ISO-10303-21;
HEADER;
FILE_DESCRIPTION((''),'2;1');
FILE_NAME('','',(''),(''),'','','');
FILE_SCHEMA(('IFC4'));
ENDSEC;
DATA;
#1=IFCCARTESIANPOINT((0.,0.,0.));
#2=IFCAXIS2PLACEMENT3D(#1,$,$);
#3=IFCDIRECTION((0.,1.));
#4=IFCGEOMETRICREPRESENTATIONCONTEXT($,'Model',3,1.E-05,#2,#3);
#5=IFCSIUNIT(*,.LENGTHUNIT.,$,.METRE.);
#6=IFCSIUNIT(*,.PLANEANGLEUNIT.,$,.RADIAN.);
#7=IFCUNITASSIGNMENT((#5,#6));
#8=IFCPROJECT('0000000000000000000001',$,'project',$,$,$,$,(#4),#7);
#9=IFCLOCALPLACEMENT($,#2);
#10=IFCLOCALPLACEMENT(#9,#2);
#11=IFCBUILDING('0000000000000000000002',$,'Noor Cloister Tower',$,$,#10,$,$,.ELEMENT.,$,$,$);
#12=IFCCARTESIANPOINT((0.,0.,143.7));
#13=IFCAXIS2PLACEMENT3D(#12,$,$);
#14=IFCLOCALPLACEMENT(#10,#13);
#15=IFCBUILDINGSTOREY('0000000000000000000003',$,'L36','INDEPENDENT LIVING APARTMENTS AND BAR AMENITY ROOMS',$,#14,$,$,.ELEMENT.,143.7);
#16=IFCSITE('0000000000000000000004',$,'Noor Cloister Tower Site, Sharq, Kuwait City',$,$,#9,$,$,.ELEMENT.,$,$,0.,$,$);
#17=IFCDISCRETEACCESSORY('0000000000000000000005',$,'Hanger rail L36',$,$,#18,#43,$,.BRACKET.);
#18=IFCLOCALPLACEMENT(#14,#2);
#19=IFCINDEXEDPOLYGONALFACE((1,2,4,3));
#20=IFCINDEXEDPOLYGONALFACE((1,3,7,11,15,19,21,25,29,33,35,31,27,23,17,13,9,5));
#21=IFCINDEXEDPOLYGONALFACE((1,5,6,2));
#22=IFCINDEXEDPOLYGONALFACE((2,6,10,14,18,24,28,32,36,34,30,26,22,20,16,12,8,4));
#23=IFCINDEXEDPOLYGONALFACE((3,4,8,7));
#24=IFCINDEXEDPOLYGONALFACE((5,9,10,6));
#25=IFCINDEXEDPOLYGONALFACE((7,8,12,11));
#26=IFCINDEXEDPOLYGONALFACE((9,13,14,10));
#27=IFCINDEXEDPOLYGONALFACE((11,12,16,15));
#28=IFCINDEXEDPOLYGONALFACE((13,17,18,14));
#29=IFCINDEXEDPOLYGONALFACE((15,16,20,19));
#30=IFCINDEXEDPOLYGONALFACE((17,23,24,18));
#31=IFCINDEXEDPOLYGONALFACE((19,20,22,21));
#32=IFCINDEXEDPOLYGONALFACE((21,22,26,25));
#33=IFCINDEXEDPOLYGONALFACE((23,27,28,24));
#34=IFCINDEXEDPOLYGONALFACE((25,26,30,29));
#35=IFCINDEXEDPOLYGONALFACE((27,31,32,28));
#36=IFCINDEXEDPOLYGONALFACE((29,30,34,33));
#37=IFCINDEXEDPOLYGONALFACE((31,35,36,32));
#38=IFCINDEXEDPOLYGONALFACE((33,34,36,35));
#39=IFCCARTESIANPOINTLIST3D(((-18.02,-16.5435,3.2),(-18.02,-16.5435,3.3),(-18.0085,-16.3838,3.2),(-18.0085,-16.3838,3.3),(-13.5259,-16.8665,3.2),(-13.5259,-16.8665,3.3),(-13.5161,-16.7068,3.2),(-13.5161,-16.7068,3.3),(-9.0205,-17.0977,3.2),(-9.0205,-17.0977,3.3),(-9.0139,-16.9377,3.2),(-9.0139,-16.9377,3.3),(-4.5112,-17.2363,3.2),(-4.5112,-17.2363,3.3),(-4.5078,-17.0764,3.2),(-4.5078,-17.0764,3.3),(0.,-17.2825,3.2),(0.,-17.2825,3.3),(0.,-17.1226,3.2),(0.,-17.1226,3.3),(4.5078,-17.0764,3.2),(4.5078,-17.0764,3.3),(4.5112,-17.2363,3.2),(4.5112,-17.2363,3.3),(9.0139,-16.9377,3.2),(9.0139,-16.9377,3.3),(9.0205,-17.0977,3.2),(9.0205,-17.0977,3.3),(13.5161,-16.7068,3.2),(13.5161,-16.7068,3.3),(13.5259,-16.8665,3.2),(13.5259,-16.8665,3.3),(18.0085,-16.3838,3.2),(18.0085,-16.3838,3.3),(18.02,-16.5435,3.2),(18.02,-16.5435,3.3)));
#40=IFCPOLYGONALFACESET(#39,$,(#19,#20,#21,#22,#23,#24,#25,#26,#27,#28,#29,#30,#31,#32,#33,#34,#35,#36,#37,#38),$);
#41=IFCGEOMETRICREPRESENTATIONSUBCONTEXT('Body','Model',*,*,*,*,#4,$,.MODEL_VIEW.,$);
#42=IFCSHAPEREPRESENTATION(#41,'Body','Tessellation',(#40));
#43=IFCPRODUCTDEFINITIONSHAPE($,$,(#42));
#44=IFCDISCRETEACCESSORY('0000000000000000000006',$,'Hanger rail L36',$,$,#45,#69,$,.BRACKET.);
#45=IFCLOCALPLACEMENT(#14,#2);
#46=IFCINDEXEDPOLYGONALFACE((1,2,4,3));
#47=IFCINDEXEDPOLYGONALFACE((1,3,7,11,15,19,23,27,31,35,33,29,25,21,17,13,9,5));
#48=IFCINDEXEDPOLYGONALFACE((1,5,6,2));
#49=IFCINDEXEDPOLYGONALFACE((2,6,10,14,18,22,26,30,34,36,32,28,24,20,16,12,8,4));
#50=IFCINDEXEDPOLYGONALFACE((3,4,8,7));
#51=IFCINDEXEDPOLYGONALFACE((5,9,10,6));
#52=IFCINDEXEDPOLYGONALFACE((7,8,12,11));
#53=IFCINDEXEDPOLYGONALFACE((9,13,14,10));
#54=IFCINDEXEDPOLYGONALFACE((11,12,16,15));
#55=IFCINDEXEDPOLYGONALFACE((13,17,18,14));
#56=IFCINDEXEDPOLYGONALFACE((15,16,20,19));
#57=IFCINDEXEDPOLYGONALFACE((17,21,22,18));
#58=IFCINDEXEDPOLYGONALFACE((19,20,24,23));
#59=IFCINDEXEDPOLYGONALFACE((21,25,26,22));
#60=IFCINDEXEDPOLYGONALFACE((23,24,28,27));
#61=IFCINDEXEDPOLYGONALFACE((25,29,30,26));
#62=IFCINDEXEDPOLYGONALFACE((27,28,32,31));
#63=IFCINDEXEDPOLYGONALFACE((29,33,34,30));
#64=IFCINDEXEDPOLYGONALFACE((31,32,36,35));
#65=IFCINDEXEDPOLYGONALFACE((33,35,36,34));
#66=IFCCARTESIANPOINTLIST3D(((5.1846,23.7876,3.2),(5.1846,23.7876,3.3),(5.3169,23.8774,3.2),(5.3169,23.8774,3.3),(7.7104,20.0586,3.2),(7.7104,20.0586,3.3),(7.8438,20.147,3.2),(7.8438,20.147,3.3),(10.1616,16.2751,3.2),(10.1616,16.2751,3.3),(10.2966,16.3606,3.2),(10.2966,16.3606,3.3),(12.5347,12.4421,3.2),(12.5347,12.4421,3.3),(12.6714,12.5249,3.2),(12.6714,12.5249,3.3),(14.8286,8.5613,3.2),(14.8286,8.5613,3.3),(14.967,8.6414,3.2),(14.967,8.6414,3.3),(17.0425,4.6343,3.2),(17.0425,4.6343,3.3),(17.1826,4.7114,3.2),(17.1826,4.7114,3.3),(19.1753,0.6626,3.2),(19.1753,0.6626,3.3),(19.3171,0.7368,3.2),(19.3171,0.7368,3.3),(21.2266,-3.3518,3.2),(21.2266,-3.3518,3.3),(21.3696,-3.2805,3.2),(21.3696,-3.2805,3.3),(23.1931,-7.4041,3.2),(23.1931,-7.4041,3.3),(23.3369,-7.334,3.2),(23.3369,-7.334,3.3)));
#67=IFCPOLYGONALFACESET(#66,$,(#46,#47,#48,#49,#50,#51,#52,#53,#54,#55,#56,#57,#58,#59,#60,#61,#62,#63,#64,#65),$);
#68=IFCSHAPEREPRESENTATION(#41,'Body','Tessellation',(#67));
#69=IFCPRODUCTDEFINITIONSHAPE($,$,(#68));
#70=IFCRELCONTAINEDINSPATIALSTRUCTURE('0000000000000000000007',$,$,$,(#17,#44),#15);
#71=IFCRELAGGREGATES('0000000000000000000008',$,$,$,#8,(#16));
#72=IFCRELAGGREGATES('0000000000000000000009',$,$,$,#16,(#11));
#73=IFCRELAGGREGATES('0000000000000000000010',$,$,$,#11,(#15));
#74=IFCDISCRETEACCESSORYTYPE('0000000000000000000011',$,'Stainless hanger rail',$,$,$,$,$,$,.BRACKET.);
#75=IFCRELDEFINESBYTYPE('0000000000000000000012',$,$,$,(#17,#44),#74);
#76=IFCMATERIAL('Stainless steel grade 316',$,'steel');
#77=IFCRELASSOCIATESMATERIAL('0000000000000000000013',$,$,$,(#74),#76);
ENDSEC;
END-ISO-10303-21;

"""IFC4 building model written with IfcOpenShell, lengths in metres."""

from ifc_helpers import new_model, si_unit, direction, frame, origin, place, context, subcontext, project, spatial, polyline, outline, extrude, material, type_object, element, save


model = new_model("IFC4")

# Units and contexts
model_context = context("Model", 3, precision=1e-05, world=origin(), true_north=direction((0.0, 1.0)))
body_context = subcontext(model_context, "Body", "Model", "MODEL_VIEW")
ifc_project = project(units=[si_unit("LENGTHUNIT", "METRE"), si_unit("PLANEANGLEUNIT", "RADIAN")], contexts=[model_context])

# Site, building, storey
site_placement = place(None, origin())
site = spatial("IfcSite", under=ifc_project, at=site_placement, Name="Noor Cloister Tower Site, Sharq, Kuwait City", CompositionType="ELEMENT", RefElevation=0.0)
building_placement = place(site_placement, origin())
building = spatial("IfcBuilding", under=site, at=building_placement, Name="Noor Cloister Tower", CompositionType="ELEMENT")
storey_placement = place(building_placement, frame((0.0, 0.0, 143.7)))
storey = spatial("IfcBuildingStorey", under=building, at=storey_placement, Name="L36", Description="INDEPENDENT LIVING APARTMENTS AND BAR AMENITY ROOMS", CompositionType="ELEMENT", Elevation=143.7)

# Discrete accessories
ifc_material_1 = material(Name="Stainless steel grade 316", Category="steel")
discrete_accessory_type = type_object("IfcDiscreteAccessoryType", Name="Stainless hanger rail", PredefinedType="BRACKET", material=ifc_material_1)
discrete_accessory_1_placement = place(storey_placement, frame((0.0, 0.0, 3.2)))
element("IfcDiscreteAccessory", 1, at=discrete_accessory_1_placement, inside=storey, type_object=discrete_accessory_type, Name="Hanger rail L36", PredefinedType="BRACKET", context=body_context, shape_type="SweptSolid", body=[
    extrude(outline(polyline([(-18.02, -16.5435), (-13.5259, -16.8665), (-9.0205, -17.0977), (-4.5112, -17.2363), (0.0, -17.2825), (4.5112, -17.2363), (9.0205, -17.0977), (13.5259, -16.8665), (18.02, -16.5435), (18.0085, -16.3838), (13.5161, -16.7068), (9.0139, -16.9377), (4.5078, -17.0764), (0.0, -17.1226), (-4.5078, -17.0764), (-9.0139, -16.9377), (-13.5161, -16.7068), (-18.0085, -16.3838), (-18.02, -16.5435)])), origin(), (0.0, 0.0, 1.0), 0.1001),
])
discrete_accessory_2_placement = place(storey_placement, frame((0.0, 0.0, 3.2)))
element("IfcDiscreteAccessory", 2, at=discrete_accessory_2_placement, inside=storey, type_object=discrete_accessory_type, Name="Hanger rail L36", PredefinedType="BRACKET", context=body_context, shape_type="SweptSolid", body=[
    extrude(outline(polyline([(23.3369, -7.334), (21.3696, -3.2805), (19.3171, 0.7368), (17.1826, 4.7114), (14.967, 8.6414), (12.6714, 12.5249), (10.2966, 16.3606), (7.8438, 20.147), (5.3169, 23.8774), (5.1846, 23.7876), (7.7104, 20.0586), (10.1616, 16.2751), (12.5347, 12.4421), (14.8286, 8.5613), (17.0425, 4.6343), (19.1753, 0.6626), (21.2266, -3.3518), (23.1931, -7.4041), (23.3369, -7.334)])), origin(), (0.0, 0.0, 1.0), 0.1001),
])

save(model, "model.ifc")
